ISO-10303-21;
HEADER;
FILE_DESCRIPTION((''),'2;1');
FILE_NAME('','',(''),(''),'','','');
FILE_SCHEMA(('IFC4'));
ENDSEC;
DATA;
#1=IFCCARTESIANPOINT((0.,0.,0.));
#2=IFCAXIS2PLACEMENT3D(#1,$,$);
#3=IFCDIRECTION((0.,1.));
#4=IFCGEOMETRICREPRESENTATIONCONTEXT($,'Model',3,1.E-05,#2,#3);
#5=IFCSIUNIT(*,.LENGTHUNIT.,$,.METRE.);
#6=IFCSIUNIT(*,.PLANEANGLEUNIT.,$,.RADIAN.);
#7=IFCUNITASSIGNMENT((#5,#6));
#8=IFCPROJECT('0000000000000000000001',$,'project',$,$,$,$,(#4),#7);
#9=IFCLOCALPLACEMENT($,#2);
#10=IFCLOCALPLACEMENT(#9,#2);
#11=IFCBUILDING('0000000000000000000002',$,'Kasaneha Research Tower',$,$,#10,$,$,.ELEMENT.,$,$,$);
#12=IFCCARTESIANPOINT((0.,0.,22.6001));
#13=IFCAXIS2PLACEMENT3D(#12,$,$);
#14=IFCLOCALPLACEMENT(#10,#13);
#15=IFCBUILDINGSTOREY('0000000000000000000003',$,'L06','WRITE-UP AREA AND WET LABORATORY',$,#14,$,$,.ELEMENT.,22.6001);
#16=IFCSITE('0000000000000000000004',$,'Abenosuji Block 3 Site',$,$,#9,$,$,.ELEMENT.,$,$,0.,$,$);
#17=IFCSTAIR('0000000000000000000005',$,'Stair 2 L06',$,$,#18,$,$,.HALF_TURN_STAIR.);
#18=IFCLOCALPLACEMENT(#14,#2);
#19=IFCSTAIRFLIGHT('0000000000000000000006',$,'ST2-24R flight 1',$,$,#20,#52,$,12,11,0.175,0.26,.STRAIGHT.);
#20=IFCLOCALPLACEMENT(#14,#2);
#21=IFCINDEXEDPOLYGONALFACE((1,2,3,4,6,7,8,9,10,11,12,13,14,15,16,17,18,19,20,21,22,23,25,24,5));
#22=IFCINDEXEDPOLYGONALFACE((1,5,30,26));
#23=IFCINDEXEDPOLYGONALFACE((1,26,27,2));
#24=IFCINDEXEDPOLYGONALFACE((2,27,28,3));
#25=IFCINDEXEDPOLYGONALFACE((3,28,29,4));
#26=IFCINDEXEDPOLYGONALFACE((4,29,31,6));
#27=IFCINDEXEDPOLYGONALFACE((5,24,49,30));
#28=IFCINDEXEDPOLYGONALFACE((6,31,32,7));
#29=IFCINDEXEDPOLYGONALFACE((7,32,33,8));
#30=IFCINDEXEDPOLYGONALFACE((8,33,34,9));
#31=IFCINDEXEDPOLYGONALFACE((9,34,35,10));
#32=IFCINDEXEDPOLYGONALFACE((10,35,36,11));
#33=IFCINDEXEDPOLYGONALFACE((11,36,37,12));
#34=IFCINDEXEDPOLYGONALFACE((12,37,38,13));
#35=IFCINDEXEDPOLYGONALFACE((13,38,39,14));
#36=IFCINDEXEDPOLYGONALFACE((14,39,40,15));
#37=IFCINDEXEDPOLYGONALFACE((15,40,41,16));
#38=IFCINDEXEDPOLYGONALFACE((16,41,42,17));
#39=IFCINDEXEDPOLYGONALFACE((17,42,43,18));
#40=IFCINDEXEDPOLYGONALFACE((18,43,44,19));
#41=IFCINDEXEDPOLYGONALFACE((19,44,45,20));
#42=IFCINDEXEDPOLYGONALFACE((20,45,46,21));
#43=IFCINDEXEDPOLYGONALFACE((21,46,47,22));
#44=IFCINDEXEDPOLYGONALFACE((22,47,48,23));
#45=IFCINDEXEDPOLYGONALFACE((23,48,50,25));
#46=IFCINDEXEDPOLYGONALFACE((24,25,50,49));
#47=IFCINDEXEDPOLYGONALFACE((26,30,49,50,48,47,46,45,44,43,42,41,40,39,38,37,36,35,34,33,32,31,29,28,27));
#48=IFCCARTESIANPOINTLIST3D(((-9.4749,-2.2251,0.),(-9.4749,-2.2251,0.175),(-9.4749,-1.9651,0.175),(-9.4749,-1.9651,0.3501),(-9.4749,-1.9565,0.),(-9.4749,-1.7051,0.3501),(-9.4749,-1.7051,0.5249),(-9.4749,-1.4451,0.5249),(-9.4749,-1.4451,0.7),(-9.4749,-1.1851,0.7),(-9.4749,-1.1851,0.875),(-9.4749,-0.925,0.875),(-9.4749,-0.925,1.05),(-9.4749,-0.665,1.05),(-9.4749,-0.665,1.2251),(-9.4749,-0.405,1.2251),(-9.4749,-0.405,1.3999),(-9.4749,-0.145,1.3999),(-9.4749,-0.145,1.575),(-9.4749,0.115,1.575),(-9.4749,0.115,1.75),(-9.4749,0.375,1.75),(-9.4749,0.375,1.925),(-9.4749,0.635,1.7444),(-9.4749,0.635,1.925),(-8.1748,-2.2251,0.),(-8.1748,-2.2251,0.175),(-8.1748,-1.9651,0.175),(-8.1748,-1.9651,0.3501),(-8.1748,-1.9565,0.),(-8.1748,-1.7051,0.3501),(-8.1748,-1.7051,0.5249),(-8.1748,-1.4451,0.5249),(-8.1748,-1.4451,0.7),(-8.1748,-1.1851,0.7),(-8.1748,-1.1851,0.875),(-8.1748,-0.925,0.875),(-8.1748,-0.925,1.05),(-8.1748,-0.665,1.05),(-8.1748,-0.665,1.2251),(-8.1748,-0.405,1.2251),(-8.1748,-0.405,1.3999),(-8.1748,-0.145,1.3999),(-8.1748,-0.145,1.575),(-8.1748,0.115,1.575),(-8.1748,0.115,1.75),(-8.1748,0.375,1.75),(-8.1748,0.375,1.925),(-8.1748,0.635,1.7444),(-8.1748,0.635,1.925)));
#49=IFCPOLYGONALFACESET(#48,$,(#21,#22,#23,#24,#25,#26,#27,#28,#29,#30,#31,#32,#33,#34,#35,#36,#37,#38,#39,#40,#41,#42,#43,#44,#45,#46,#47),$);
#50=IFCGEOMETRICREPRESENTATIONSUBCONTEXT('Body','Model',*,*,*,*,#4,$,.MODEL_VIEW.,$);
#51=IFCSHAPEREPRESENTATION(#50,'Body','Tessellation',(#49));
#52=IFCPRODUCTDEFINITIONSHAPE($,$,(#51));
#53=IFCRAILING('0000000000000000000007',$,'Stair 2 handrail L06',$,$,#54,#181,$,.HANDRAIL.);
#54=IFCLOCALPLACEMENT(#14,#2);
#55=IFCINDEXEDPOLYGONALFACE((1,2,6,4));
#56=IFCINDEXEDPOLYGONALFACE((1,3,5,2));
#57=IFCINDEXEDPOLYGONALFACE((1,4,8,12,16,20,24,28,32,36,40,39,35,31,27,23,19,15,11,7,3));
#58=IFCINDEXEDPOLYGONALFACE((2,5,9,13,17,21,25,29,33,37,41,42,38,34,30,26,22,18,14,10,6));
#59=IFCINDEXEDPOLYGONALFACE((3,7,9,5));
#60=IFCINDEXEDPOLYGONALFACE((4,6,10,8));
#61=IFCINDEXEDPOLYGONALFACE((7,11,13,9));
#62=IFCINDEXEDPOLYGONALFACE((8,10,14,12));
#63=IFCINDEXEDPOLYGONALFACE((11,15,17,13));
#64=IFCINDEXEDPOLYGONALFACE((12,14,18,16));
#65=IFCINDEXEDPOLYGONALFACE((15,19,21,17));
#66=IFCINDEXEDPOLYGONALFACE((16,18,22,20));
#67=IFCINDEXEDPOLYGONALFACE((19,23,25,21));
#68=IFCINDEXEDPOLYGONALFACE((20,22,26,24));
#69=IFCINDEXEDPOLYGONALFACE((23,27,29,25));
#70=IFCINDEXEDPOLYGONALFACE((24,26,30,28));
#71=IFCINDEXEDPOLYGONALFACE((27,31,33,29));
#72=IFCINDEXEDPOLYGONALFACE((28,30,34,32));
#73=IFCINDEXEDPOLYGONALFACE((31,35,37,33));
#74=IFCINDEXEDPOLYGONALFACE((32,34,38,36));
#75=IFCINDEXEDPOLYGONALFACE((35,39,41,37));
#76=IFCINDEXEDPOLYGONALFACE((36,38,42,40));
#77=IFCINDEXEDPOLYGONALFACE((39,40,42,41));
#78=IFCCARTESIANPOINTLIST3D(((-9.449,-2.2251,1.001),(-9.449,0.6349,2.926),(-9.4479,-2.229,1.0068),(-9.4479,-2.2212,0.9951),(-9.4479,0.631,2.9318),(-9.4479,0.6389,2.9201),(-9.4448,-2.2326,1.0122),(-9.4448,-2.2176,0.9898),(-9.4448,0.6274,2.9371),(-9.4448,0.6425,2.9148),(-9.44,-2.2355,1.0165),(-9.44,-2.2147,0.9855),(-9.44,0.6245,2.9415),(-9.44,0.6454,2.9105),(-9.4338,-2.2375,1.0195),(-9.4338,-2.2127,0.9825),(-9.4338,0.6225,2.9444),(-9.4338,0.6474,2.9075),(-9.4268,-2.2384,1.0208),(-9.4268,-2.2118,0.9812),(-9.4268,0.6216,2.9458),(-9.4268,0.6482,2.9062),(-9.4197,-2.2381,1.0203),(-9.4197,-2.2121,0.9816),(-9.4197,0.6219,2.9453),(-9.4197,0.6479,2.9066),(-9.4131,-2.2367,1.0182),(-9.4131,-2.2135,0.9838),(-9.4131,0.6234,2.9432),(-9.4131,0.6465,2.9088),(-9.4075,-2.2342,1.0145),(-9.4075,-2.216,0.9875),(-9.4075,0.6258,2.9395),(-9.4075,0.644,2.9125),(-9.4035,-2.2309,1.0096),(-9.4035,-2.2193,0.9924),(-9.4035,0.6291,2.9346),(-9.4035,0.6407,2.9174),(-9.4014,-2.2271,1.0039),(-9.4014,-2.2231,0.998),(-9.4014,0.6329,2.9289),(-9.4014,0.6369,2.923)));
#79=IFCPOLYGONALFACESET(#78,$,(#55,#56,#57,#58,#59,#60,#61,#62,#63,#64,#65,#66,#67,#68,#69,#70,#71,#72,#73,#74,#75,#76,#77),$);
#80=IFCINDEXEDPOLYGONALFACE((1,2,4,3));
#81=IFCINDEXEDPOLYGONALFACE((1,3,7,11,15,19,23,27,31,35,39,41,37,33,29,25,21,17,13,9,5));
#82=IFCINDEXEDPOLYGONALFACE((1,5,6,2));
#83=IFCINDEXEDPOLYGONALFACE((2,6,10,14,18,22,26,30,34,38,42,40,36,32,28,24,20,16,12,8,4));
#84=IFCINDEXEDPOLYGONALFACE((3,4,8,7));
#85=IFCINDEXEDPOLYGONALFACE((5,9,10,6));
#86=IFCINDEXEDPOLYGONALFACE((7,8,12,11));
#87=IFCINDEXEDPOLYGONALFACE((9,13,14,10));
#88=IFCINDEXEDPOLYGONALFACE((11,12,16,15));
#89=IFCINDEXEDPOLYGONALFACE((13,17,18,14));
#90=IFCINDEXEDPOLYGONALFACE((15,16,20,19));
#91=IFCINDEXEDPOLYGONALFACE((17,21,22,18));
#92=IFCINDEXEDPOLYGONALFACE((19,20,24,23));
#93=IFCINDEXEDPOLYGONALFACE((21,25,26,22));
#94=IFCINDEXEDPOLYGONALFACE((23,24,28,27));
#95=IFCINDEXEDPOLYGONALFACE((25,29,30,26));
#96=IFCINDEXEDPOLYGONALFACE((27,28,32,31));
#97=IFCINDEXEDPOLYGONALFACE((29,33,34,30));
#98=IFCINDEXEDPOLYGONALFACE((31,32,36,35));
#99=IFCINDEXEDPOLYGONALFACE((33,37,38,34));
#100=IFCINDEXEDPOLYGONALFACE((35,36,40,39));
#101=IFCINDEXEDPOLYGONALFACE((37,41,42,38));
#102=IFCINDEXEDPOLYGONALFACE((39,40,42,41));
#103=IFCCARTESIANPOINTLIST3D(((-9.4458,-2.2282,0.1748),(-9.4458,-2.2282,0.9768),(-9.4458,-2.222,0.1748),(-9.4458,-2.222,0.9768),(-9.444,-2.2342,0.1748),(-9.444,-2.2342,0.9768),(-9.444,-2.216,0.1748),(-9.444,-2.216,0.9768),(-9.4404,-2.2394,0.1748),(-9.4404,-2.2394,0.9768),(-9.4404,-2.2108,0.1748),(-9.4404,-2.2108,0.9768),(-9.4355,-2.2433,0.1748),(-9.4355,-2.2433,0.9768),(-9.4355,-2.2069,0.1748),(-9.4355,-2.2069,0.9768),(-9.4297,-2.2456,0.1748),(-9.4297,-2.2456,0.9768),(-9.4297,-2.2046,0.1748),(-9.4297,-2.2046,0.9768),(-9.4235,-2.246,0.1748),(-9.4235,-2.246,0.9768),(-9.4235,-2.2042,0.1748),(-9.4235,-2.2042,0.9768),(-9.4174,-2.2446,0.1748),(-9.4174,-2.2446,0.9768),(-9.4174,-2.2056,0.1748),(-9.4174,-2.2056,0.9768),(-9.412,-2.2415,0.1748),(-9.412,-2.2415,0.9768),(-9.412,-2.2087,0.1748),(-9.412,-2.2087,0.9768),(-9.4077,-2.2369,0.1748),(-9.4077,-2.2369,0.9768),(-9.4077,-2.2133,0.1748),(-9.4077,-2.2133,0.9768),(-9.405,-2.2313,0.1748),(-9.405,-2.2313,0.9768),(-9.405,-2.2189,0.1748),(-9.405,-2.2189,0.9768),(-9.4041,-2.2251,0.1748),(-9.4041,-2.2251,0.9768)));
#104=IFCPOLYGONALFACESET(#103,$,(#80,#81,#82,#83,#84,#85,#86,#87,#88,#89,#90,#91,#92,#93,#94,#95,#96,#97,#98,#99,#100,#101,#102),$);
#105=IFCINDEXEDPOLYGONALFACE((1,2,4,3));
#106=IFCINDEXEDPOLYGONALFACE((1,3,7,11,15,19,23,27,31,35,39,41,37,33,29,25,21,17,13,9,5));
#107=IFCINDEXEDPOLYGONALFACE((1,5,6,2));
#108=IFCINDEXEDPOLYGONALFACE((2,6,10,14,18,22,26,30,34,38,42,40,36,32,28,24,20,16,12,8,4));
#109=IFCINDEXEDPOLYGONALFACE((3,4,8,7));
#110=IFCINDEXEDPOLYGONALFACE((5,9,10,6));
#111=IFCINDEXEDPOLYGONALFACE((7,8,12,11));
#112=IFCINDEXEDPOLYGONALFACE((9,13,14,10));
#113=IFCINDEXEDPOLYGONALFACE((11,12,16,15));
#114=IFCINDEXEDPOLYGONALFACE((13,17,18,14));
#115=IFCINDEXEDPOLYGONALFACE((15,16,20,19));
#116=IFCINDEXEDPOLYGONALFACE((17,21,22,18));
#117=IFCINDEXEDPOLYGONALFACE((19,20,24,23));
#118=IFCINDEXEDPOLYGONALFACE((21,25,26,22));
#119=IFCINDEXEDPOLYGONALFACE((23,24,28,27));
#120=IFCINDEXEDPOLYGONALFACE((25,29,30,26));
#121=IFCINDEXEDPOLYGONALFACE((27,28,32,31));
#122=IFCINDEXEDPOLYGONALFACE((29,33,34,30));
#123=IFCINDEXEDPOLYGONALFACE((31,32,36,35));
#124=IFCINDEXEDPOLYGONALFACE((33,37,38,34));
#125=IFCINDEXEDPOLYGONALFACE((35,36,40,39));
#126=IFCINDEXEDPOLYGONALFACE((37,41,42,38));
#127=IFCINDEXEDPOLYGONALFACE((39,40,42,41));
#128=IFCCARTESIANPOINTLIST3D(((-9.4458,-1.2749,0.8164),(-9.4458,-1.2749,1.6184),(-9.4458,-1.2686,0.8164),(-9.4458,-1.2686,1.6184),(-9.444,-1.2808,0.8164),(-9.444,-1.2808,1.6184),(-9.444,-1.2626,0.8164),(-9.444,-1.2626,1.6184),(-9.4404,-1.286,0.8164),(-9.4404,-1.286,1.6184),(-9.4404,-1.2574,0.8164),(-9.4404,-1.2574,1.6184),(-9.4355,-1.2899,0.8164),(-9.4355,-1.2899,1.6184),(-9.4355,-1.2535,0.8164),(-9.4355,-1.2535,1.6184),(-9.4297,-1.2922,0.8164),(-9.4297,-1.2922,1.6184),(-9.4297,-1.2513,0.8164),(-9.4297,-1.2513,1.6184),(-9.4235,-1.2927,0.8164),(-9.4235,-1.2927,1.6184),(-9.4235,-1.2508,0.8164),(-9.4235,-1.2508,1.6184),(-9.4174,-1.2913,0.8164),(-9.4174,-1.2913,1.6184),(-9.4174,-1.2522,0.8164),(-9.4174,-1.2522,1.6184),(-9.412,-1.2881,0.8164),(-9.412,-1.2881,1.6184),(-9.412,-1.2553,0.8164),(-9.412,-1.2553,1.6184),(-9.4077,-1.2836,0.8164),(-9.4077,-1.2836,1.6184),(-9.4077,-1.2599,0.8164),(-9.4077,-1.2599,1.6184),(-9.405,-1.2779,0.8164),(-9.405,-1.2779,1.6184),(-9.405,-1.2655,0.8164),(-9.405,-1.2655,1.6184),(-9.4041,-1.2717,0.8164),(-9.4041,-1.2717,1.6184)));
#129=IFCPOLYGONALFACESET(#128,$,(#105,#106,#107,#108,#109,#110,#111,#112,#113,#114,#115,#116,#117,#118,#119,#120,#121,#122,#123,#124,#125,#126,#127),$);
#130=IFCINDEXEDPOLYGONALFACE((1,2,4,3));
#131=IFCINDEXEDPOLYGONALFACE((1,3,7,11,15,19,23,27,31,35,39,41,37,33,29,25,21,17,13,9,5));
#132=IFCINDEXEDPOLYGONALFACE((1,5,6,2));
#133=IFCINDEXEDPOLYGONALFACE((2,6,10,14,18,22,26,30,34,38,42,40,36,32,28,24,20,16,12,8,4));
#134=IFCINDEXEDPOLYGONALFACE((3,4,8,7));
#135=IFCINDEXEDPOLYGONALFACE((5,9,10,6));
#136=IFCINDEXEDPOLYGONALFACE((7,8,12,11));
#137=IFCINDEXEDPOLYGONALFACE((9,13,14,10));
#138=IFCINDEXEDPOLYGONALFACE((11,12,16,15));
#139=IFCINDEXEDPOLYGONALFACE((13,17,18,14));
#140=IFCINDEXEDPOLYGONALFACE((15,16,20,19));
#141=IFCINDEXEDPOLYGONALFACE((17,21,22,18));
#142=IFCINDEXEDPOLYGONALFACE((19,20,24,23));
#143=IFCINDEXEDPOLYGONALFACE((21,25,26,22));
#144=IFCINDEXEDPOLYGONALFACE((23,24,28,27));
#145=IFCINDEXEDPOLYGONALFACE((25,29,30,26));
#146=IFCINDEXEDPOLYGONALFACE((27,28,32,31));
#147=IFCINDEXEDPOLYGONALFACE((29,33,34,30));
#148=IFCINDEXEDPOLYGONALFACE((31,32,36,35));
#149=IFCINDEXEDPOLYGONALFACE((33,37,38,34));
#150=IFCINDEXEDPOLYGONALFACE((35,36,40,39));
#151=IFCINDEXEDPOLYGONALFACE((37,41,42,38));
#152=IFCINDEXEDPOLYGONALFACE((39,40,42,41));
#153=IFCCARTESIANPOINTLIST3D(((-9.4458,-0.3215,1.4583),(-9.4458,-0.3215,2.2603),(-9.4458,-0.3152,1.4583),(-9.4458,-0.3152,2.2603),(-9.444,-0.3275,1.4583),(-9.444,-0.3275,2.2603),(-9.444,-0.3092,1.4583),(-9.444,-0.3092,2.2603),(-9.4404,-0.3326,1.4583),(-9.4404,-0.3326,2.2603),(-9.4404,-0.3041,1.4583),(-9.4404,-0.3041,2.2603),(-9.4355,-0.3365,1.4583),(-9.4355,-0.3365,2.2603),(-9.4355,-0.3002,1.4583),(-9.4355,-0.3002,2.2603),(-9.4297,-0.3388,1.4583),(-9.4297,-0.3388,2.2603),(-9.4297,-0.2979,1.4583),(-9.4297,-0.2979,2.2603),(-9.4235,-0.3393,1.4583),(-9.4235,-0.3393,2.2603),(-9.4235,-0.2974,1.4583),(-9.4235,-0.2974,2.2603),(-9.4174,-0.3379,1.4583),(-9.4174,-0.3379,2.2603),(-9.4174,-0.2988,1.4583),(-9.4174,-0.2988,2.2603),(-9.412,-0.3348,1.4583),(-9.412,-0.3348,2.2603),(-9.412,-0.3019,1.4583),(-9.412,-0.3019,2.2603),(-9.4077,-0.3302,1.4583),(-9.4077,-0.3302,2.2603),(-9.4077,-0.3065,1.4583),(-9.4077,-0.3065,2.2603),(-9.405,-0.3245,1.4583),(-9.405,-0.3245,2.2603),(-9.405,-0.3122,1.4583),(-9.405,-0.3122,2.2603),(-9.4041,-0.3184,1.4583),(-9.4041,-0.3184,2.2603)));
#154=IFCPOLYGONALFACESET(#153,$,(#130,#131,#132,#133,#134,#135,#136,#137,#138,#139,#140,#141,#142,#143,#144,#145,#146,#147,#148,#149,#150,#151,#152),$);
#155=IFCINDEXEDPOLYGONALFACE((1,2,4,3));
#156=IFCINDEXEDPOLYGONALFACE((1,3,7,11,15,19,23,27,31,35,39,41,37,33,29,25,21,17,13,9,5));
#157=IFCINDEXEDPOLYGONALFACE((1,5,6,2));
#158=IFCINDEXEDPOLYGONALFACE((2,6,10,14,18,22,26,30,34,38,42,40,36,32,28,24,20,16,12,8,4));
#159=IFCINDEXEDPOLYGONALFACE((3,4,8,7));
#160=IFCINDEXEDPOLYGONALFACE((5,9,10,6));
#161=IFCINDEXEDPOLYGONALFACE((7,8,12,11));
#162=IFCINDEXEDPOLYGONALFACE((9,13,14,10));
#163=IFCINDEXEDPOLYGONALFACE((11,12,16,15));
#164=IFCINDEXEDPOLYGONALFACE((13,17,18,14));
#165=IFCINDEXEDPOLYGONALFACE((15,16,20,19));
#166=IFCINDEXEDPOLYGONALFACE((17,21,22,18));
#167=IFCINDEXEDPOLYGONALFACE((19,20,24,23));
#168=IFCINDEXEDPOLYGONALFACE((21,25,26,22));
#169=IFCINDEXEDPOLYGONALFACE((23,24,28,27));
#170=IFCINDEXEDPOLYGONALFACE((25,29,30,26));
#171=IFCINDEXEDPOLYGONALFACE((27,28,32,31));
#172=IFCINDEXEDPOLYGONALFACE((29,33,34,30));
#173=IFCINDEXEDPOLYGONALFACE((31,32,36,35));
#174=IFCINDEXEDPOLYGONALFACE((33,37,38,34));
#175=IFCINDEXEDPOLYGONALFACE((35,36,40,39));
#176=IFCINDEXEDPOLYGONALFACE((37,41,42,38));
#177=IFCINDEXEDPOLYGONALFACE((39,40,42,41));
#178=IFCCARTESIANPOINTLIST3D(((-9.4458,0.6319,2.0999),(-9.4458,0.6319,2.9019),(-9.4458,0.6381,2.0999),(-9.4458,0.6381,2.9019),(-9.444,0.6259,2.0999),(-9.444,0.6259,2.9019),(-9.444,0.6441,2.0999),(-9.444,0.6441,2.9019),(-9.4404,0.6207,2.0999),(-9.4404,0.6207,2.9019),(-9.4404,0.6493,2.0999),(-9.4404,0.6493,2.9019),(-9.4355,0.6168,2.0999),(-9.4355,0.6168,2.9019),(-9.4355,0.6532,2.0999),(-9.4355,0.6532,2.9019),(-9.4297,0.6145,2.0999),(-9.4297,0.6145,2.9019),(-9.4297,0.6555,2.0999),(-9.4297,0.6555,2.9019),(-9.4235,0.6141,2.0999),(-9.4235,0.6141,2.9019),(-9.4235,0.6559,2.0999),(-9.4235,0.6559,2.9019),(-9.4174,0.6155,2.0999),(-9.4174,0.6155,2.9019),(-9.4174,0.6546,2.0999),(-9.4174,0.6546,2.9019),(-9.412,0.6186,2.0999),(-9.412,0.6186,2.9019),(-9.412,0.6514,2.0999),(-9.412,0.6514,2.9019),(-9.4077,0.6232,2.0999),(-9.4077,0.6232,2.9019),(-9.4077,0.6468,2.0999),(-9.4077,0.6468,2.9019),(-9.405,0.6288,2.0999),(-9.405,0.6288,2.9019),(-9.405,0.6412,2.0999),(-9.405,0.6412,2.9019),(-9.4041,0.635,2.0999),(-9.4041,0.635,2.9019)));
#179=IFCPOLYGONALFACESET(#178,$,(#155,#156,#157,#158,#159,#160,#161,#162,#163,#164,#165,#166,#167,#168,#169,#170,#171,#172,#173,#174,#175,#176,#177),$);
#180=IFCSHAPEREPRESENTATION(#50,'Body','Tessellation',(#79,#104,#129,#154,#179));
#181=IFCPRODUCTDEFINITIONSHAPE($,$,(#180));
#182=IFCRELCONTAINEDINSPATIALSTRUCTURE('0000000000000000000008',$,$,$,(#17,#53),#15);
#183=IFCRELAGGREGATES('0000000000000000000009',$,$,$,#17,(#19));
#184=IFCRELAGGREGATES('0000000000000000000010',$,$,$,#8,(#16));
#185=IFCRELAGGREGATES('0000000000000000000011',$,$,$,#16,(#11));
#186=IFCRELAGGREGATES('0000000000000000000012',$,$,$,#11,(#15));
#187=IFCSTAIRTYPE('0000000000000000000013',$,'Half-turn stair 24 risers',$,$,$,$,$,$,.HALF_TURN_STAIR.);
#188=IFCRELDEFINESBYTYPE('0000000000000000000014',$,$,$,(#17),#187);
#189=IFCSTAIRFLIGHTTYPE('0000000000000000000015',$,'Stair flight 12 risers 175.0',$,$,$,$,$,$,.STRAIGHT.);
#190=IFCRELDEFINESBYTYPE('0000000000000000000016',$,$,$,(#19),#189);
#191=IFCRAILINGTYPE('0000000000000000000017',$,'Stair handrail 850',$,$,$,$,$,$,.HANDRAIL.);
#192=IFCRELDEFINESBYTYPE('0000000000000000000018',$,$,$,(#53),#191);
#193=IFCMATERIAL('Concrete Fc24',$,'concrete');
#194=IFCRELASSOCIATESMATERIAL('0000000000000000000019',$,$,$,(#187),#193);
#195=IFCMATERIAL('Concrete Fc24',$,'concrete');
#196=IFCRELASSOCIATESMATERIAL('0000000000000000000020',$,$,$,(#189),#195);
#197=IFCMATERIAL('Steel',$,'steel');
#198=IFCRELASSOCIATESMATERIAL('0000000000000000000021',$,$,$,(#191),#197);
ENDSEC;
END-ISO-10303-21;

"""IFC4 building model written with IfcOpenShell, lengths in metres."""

from ifc_helpers import new_model, si_unit, direction, frame, origin, origin_2d, place, context, subcontext, project, spatial, polyline, circle, outline, extrude, material, type_object, element, aggregate, save


model = new_model("IFC4")

# Units and contexts
model_context = context("Model", 3, precision=1e-05, world=origin(), true_north=direction((0.0, 1.0)))
body_context = subcontext(model_context, "Body", "Model", "MODEL_VIEW")
ifc_project = project(units=[si_unit("LENGTHUNIT", "METRE"), si_unit("PLANEANGLEUNIT", "RADIAN")], contexts=[model_context])

# Site, building, storey
site_placement = place(None, origin())
site = spatial("IfcSite", under=ifc_project, at=site_placement, Name="Abenosuji Block 3 Site", CompositionType="ELEMENT", RefElevation=0.0)
building_placement = place(site_placement, origin())
building = spatial("IfcBuilding", under=site, at=building_placement, Name="Kasaneha Research Tower", CompositionType="ELEMENT")
storey_placement = place(building_placement, frame((0.0, 0.0, 22.6001)))
storey = spatial("IfcBuildingStorey", under=building, at=storey_placement, Name="L06", Description="WRITE-UP AREA AND WET LABORATORY", CompositionType="ELEMENT", Elevation=22.6001)

# Stair, stair flight
ifc_material_1 = material(Name="Concrete Fc24", Category="concrete")
stair_type = type_object("IfcStairType", Name="Half-turn stair 24 risers", PredefinedType="HALF_TURN_STAIR", material=ifc_material_1)
stair_placement = place(storey_placement, origin())
stair = element("IfcStair", 1, at=stair_placement, inside=storey, type_object=stair_type, Name="Stair 2 L06", PredefinedType="HALF_TURN_STAIR")
ifc_material_2 = material(Name="Concrete Fc24", Category="concrete")
stair_flight_type = type_object("IfcStairFlightType", Name="Stair flight 12 risers 175.0", PredefinedType="STRAIGHT", material=ifc_material_2)
stair_flight_placement = place(storey_placement, frame((-8.825, -2.2251, 0.0), z_axis=(0.0, 0.0, 1.0), x_axis=(0.0, 1.0, 0.0)))
stair_flight = element("IfcStairFlight", 2, at=stair_flight_placement, type_object=stair_flight_type, Name="ST2-24R flight 1", NumberOfRisers=12, NumberOfTreads=11, PredefinedType="STRAIGHT", RiserHeight=0.175, TreadLength=0.26, context=body_context, shape_type="SweptSolid", body=[
    extrude(outline(polyline([(0.0, 0.0), (0.0, 0.175), (0.26, 0.175), (0.26, 0.3501), (0.52, 0.3501), (0.52, 0.5249), (0.78, 0.5249), (0.78, 0.7), (1.04, 0.7), (1.04, 0.875), (1.3, 0.875), (1.3, 1.05), (1.5601, 1.05), (1.5601, 1.2251), (1.8201, 1.2251), (1.8201, 1.3999), (2.0801, 1.3999), (2.0801, 1.575), (2.3401, 1.575), (2.3401, 1.75), (2.6001, 1.75), (2.6001, 1.925), (2.8601, 1.925), (2.8601, 2.1001), (2.8601, 1.7444), (0.2686, 0.0), (0.0, 0.0)])), frame((0.0, 0.6499, 0.0), z_axis=(0.0, -1.0, 0.0), x_axis=(1.0, 0.0, 0.0)), (0.0, 0.0, 1.0), 1.3),
])
aggregate(stair, [stair_flight])

# Railing
ifc_material_3 = material(Name="Steel", Category="steel")
railing_type = type_object("IfcRailingType", Name="Stair handrail 850", PredefinedType="HANDRAIL", material=ifc_material_3)
railing_placement = place(storey_placement, frame((-9.425, -2.2251, 0.1748)))
element("IfcRailing", 3, at=railing_placement, inside=storey, type_object=railing_type, Name="Stair 2 handrail L06", PredefinedType="HANDRAIL", context=body_context, shape_type="SweptSolid", body=[
    extrude(circle(Radius=0.0239, at=origin_2d()), frame((0.0, 0.0, 0.8262), z_axis=(0.0, 0.829591, 0.558372), x_axis=(-1.0, 0.0, 0.0)), (0.0, 0.0, 1.0), 3.4475),
    extrude(circle(Radius=0.021, at=origin_2d()), origin(), (0.0, 0.0, 1.0), 0.802),
    extrude(circle(Radius=0.021, at=origin_2d()), frame((0.0, 0.9534, 0.6416)), (0.0, 0.0, 1.0), 0.802),
    extrude(circle(Radius=0.021, at=origin_2d()), frame((0.0, 1.9067, 1.2834)), (0.0, 0.0, 1.0), 0.802),
    extrude(circle(Radius=0.021, at=origin_2d()), frame((0.0, 2.8601, 1.925)), (0.0, 0.0, 1.0), 0.802),
])

save(model, "model.ifc")
